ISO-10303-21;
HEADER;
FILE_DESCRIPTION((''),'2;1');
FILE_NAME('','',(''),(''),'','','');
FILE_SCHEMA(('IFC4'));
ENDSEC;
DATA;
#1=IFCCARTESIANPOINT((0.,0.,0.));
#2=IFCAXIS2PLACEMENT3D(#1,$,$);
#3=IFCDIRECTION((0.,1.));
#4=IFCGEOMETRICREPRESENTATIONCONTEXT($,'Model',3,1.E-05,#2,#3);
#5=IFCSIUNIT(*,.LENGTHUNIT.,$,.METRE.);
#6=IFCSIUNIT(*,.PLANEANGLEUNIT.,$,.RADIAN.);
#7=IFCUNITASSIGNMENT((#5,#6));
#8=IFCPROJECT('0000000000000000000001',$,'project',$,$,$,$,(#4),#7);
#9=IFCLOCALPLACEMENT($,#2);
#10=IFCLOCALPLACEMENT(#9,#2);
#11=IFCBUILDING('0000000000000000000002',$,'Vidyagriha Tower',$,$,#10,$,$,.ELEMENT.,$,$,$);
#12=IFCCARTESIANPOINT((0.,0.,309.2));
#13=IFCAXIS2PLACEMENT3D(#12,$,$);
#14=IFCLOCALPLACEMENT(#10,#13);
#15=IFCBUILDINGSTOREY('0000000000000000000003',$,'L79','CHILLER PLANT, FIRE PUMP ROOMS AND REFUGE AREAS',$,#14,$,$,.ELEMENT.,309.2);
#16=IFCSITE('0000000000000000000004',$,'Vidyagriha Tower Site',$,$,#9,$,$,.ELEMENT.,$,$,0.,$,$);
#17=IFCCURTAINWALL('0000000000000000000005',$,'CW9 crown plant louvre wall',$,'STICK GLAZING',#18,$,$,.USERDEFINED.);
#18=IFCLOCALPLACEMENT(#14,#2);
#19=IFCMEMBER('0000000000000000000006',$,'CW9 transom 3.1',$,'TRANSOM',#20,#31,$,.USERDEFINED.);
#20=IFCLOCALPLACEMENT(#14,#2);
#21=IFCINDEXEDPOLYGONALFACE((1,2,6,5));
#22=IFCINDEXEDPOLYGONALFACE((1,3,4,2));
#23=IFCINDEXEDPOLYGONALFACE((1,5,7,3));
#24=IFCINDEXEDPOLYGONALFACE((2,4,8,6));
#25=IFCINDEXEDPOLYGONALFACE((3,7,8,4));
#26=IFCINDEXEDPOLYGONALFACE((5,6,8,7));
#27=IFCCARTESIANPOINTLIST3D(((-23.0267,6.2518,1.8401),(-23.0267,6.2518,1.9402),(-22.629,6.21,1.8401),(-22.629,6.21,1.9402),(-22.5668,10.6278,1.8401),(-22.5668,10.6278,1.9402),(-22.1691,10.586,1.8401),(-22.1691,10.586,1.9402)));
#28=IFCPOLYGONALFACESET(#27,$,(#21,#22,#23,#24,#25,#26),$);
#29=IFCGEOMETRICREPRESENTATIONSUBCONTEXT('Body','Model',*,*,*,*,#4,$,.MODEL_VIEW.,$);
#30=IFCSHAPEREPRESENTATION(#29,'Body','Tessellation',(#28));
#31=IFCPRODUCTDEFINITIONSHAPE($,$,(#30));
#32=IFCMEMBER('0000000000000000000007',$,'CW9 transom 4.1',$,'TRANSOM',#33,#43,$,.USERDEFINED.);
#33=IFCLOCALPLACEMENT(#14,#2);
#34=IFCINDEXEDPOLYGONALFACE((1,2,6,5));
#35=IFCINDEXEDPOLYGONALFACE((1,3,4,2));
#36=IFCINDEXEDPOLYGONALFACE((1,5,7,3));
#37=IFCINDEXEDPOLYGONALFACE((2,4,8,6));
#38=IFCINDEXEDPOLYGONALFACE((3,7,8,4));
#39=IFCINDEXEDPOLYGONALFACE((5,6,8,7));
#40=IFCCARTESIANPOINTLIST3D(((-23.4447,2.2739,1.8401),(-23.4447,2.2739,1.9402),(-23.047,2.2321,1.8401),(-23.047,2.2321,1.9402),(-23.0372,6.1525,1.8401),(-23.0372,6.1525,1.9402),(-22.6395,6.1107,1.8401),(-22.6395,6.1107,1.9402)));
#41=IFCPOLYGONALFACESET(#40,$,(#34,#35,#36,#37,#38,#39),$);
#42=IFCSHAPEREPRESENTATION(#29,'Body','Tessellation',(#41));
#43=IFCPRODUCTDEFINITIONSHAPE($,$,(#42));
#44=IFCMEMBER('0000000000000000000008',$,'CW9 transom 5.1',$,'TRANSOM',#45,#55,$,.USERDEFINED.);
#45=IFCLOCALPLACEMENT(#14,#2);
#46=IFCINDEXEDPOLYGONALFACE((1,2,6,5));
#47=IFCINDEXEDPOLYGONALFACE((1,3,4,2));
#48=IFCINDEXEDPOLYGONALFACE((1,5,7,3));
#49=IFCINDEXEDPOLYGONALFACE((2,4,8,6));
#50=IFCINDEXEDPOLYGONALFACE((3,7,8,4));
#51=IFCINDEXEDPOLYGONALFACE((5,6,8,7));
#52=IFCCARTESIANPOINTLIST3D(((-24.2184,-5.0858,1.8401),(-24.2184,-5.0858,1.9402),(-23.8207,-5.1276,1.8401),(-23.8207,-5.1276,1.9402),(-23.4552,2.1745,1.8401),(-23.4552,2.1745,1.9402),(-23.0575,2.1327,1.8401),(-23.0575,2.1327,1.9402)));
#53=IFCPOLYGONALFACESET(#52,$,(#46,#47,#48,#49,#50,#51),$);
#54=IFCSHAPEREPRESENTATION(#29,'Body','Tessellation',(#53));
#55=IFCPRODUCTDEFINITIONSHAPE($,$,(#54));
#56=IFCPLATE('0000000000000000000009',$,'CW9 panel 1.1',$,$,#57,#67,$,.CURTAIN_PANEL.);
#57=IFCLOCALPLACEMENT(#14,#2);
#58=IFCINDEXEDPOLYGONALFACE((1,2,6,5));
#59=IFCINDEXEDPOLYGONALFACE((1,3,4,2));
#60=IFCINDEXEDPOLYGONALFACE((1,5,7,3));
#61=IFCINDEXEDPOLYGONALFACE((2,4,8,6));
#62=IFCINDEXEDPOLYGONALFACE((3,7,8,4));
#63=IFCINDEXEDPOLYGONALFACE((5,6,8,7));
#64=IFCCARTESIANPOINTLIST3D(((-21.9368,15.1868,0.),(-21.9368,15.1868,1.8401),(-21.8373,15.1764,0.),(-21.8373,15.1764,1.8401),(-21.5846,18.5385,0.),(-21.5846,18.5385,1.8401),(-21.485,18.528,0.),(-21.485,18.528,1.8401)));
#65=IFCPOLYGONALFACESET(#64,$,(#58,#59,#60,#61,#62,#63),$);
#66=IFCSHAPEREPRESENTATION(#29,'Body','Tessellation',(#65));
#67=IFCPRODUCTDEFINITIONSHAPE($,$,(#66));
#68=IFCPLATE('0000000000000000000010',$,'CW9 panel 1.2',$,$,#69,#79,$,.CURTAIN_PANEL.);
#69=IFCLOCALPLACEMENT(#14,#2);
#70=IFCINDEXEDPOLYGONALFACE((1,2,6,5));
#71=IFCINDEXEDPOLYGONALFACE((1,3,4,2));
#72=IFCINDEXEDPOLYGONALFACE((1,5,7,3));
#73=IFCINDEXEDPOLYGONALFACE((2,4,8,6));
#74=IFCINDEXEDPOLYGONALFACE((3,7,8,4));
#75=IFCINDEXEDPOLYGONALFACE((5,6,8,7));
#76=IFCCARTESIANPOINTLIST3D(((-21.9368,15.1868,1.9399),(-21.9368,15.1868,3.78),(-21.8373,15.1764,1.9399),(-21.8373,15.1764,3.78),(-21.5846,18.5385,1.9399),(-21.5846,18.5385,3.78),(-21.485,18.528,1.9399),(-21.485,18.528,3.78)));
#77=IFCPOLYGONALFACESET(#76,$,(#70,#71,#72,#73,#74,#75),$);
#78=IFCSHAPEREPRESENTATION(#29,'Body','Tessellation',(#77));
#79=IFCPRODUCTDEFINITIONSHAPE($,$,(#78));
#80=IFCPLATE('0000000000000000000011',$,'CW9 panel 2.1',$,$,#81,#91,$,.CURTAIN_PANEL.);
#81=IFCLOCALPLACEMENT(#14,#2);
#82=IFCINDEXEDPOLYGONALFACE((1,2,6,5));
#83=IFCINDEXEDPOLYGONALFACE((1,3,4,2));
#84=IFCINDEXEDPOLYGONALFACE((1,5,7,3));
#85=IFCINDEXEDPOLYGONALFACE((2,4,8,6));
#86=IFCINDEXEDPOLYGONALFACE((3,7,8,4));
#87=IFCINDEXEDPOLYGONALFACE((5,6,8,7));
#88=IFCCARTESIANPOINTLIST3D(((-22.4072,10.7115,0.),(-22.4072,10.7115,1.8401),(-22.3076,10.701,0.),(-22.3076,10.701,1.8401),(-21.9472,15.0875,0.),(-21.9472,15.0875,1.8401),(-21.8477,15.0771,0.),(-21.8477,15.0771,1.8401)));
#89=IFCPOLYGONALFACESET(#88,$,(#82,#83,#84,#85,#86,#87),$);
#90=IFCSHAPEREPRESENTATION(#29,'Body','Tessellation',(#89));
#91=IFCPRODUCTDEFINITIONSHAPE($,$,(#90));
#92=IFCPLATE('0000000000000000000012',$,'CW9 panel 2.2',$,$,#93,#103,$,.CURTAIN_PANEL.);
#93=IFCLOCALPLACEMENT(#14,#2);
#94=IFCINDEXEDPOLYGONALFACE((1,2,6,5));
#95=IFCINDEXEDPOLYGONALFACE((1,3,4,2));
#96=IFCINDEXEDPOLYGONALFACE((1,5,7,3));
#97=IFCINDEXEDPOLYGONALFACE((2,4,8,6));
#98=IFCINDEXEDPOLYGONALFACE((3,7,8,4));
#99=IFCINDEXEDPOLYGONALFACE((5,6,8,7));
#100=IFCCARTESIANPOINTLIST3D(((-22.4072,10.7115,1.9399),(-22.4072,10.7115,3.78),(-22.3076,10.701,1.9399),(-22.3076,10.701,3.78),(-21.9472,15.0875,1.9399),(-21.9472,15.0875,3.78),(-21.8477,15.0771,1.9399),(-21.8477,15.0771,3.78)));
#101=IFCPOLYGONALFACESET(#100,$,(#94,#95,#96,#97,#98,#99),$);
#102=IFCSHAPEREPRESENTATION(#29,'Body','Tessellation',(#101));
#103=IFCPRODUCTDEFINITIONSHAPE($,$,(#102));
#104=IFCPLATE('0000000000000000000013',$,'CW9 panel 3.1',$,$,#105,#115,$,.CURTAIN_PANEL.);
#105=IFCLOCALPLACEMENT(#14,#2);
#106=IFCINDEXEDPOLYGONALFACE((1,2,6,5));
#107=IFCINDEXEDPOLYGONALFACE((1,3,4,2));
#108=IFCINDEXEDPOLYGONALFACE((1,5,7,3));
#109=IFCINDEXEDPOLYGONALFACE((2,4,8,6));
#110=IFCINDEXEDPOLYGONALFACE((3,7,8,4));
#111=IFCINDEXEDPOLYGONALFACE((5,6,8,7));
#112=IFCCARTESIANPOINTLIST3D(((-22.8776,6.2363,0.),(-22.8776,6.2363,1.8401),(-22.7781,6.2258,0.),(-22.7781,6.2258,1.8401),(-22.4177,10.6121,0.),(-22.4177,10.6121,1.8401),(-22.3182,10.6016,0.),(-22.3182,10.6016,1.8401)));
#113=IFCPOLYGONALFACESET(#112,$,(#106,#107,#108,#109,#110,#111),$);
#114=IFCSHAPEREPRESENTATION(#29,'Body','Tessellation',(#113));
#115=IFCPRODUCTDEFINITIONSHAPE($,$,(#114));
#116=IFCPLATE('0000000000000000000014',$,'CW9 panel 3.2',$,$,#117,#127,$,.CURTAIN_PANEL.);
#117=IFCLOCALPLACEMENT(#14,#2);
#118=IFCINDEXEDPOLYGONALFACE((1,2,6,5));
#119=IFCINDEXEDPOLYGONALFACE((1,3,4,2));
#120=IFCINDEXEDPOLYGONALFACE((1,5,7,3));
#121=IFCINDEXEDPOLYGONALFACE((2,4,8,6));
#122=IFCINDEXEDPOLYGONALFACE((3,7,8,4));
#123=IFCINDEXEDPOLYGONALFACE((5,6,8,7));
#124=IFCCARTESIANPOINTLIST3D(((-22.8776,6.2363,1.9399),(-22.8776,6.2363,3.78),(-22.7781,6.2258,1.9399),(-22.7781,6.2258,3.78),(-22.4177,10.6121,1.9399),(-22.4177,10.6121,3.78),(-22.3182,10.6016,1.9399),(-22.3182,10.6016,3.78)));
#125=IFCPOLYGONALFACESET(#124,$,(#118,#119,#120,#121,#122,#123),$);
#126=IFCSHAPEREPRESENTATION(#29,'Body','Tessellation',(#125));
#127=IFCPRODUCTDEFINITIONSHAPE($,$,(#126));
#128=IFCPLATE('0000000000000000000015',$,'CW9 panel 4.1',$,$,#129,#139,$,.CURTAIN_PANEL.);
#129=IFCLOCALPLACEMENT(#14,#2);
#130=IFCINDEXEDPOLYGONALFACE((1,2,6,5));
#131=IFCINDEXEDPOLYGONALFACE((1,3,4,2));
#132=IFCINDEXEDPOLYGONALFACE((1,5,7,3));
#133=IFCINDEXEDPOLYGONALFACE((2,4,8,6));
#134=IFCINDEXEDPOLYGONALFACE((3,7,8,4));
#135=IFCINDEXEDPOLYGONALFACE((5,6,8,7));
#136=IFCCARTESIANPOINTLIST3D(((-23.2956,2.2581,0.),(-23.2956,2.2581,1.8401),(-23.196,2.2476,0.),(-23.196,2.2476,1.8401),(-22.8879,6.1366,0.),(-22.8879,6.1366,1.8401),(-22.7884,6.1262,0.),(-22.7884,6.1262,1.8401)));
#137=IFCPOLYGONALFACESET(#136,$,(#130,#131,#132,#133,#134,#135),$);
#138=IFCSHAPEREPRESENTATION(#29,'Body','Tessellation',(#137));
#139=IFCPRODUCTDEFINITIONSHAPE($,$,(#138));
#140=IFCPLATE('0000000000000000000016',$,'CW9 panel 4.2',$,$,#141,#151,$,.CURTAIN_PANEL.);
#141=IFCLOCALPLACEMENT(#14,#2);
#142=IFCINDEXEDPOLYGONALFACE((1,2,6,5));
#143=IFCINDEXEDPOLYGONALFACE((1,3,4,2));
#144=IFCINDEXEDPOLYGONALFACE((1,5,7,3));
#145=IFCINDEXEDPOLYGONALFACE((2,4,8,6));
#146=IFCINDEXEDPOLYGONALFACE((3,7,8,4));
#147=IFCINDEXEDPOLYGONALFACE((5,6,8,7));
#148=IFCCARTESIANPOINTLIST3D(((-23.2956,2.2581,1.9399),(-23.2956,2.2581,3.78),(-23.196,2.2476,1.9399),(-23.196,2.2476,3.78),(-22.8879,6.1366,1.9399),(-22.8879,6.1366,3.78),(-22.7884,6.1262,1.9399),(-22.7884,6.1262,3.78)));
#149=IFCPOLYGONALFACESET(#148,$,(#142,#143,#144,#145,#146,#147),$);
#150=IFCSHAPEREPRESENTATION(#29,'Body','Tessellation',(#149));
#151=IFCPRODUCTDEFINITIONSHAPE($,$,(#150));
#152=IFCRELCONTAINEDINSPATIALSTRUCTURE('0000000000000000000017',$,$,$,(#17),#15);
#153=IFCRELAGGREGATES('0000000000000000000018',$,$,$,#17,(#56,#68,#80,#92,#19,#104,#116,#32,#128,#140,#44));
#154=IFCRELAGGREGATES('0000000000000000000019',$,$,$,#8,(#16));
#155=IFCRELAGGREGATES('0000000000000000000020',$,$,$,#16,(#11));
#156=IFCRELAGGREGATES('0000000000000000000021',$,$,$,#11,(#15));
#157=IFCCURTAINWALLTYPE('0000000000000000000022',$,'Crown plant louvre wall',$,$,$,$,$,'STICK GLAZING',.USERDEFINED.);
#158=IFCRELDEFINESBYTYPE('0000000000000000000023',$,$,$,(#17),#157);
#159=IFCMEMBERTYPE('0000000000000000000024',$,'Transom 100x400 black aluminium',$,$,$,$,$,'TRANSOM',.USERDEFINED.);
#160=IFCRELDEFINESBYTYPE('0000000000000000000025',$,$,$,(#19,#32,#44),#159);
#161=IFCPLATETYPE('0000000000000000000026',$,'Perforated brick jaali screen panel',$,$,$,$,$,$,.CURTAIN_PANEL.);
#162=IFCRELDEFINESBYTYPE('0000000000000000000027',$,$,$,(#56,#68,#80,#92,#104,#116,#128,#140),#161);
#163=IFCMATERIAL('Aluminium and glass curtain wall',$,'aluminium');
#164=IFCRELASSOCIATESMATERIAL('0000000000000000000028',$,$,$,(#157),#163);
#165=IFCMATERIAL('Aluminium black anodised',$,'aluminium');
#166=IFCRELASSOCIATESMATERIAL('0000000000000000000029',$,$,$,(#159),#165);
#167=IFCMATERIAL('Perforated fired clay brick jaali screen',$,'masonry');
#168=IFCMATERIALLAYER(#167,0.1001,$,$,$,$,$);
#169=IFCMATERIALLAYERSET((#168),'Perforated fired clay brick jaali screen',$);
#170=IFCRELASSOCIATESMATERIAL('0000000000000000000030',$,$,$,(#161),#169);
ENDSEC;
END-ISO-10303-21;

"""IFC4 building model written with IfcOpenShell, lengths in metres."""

from ifc_helpers import new_model, si_unit, direction, frame, origin, origin_2d, place, context, subcontext, project, spatial, rectangle, extrude, material, layer, layer_set, material_profile, profile_set, type_object, element, aggregate, save


model = new_model("IFC4")

# Units and contexts
model_context = context("Model", 3, precision=1e-05, world=origin(), true_north=direction((0.0, 1.0)))
body_context = subcontext(model_context, "Body", "Model", "MODEL_VIEW")
ifc_project = project(units=[si_unit("LENGTHUNIT", "METRE"), si_unit("PLANEANGLEUNIT", "RADIAN")], contexts=[model_context])

# Site, building, storey
site_placement = place(None, origin())
site = spatial("IfcSite", under=ifc_project, at=site_placement, Name="Vidyagriha Tower Site", CompositionType="ELEMENT", RefElevation=0.0)
building_placement = place(site_placement, origin())
building = spatial("IfcBuilding", under=site, at=building_placement, Name="Vidyagriha Tower", CompositionType="ELEMENT")
storey_placement = place(building_placement, frame((0.0, 0.0, 309.2)))
storey = spatial("IfcBuildingStorey", under=building, at=storey_placement, Name="L79", Description="CHILLER PLANT, FIRE PUMP ROOMS AND REFUGE AREAS", CompositionType="ELEMENT", Elevation=309.2)

# Curtain wall, members, plates
ifc_material_1 = material(Name="Aluminium and glass curtain wall", Category="aluminium")
curtain_wall_type = type_object("IfcCurtainWallType", Name="Crown plant louvre wall", ElementType="STICK GLAZING", PredefinedType="USERDEFINED", material=ifc_material_1)
curtain_wall_placement = place(storey_placement, origin())
curtain_wall = element("IfcCurtainWall", 1, at=curtain_wall_placement, inside=storey, type_object=curtain_wall_type, Name="CW9 crown plant louvre wall", ObjectType="STICK GLAZING", PredefinedType="USERDEFINED")
ifc_material_2 = material(Name="Aluminium black anodised", Category="aluminium")
ifc_material_profile_1 = material_profile(ifc_material_2, rectangle(XDim=0.3999, YDim=0.1001, at=origin_2d()), Name="Transom 100x400 black aluminium")
ifc_profile_set_1 = profile_set([ifc_material_profile_1], Name="Aluminium black anodised")
member_type_1 = type_object("IfcMemberType", Name="Transom 100x400 black aluminium", ElementType="TRANSOM", PredefinedType="USERDEFINED", material=ifc_profile_set_1)
member_1_placement = place(storey_placement, frame((-22.3679, 10.6069, 1.8901), z_axis=(-0.104535, -0.994521, 0.0), x_axis=(0.994521, -0.104535, 0.0)))
member_1 = element("IfcMember", 2, at=member_1_placement, type_object=member_type_1, Name="CW9 transom 3.1", ObjectType="TRANSOM", PredefinedType="USERDEFINED", context=body_context, shape_type="SweptSolid", body=[
    extrude(rectangle(XDim=0.3999, YDim=0.1001, at=origin_2d()), origin(), (0.0, 0.0, 1.0), 4.4001),
])
member_2_placement = place(storey_placement, frame((-22.8384, 6.1316, 1.8901), z_axis=(-0.104479, -0.994527, 0.0), x_axis=(0.994527, -0.104479, 0.0)))
member_2 = element("IfcMember", 3, at=member_2_placement, type_object=member_type_1, Name="CW9 transom 4.1", ObjectType="TRANSOM", PredefinedType="USERDEFINED", context=body_context, shape_type="SweptSolid", body=[
    extrude(rectangle(XDim=0.3999, YDim=0.1001, at=origin_2d()), origin(), (0.0, 0.0, 1.0), 3.8999),
])
member_3_placement = place(storey_placement, frame((-23.2563, 2.1536, 1.8901), z_axis=(-0.104542, -0.99452, 0.0), x_axis=(0.99452, -0.104542, 0.0)))
member_3 = element("IfcMember", 4, at=member_3_placement, type_object=member_type_1, Name="CW9 transom 5.1", ObjectType="TRANSOM", PredefinedType="USERDEFINED", context=body_context, shape_type="SweptSolid", body=[
    extrude(rectangle(XDim=0.3999, YDim=0.1001, at=origin_2d()), origin(), (0.0, 0.0, 1.0), 7.3003),
])
ifc_material_3 = material(Name="Perforated fired clay brick jaali screen", Category="masonry")
ifc_layer = layer(ifc_material_3, 0.1001)
ifc_layer_set = layer_set([ifc_layer], Name="Perforated fired clay brick jaali screen")
plate_type = type_object("IfcPlateType", Name="Perforated brick jaali screen panel", PredefinedType="CURTAIN_PANEL", material=ifc_layer_set)
plate_1_placement = place(storey_placement, frame((-21.7109, 16.8574, 0.0), z_axis=(0.0, 0.0, 1.0), x_axis=(-0.104527, -0.994522, 0.0)))
plate_1 = element("IfcPlate", 5, at=plate_1_placement, type_object=plate_type, Name="CW9 panel 1.1", PredefinedType="CURTAIN_PANEL", context=body_context, shape_type="SweptSolid", body=[
    extrude(rectangle(XDim=3.3701, YDim=0.1001, at=origin_2d()), origin(), (0.0, 0.0, 1.0), 1.8401),
])
plate_2_placement = place(storey_placement, frame((-21.7109, 16.8574, 1.9399), z_axis=(0.0, 0.0, 1.0), x_axis=(-0.104527, -0.994522, 0.0)))
plate_2 = element("IfcPlate", 6, at=plate_2_placement, type_object=plate_type, Name="CW9 panel 1.2", PredefinedType="CURTAIN_PANEL", context=body_context, shape_type="SweptSolid", body=[
    extrude(rectangle(XDim=3.3701, YDim=0.1001, at=origin_2d()), origin(), (0.0, 0.0, 1.0), 1.8401),
])
plate_3_placement = place(storey_placement, frame((-22.1274, 12.8943, 0.0), z_axis=(0.0, 0.0, 1.0), x_axis=(-0.104527, -0.994522, 0.0)))
plate_3 = element("IfcPlate", 7, at=plate_3_placement, type_object=plate_type, Name="CW9 panel 2.1", PredefinedType="CURTAIN_PANEL", context=body_context, shape_type="SweptSolid", body=[
    extrude(rectangle(XDim=4.4001, YDim=0.1001, at=origin_2d()), origin(), (0.0, 0.0, 1.0), 1.8401),
])
plate_4_placement = place(storey_placement, frame((-22.1274, 12.8943, 1.9399), z_axis=(0.0, 0.0, 1.0), x_axis=(-0.104527, -0.994522, 0.0)))
plate_4 = element("IfcPlate", 8, at=plate_4_placement, type_object=plate_type, Name="CW9 panel 2.2", PredefinedType="CURTAIN_PANEL", context=body_context, shape_type="SweptSolid", body=[
    extrude(rectangle(XDim=4.4001, YDim=0.1001, at=origin_2d()), origin(), (0.0, 0.0, 1.0), 1.8401),
])
plate_5_placement = place(storey_placement, frame((-22.5979, 8.4189, 0.0), z_axis=(0.0, 0.0, 1.0), x_axis=(-0.104527, -0.994522, 0.0)))
plate_5 = element("IfcPlate", 9, at=plate_5_placement, type_object=plate_type, Name="CW9 panel 3.1", PredefinedType="CURTAIN_PANEL", context=body_context, shape_type="SweptSolid", body=[
    extrude(rectangle(XDim=4.3999, YDim=0.1001, at=origin_2d()), origin(), (0.0, 0.0, 1.0), 1.8401),
])
plate_6_placement = place(storey_placement, frame((-22.5979, 8.4189, 1.9399), z_axis=(0.0, 0.0, 1.0), x_axis=(-0.104527, -0.994522, 0.0)))
plate_6 = element("IfcPlate", 10, at=plate_6_placement, type_object=plate_type, Name="CW9 panel 3.2", PredefinedType="CURTAIN_PANEL", context=body_context, shape_type="SweptSolid", body=[
    extrude(rectangle(XDim=4.3999, YDim=0.1001, at=origin_2d()), origin(), (0.0, 0.0, 1.0), 1.8401),
])
plate_7_placement = place(storey_placement, frame((-23.042, 4.1921, 0.0), z_axis=(0.0, 0.0, 1.0), x_axis=(-0.104527, -0.994522, 0.0)))
plate_7 = element("IfcPlate", 11, at=plate_7_placement, type_object=plate_type, Name="CW9 panel 4.1", PredefinedType="CURTAIN_PANEL", context=body_context, shape_type="SweptSolid", body=[
    extrude(rectangle(XDim=3.8999, YDim=0.1001, at=origin_2d()), origin(), (0.0, 0.0, 1.0), 1.8401),
])
plate_8_placement = place(storey_placement, frame((-23.042, 4.1921, 1.9399), z_axis=(0.0, 0.0, 1.0), x_axis=(-0.104527, -0.994522, 0.0)))
plate_8 = element("IfcPlate", 12, at=plate_8_placement, type_object=plate_type, Name="CW9 panel 4.2", PredefinedType="CURTAIN_PANEL", context=body_context, shape_type="SweptSolid", body=[
    extrude(rectangle(XDim=3.8999, YDim=0.1001, at=origin_2d()), origin(), (0.0, 0.0, 1.0), 1.8401),
])
aggregate(curtain_wall, [plate_1, plate_2, plate_3, plate_4, member_1, plate_5, plate_6, member_2, plate_7, plate_8, member_3])

save(model, "model.ifc")
